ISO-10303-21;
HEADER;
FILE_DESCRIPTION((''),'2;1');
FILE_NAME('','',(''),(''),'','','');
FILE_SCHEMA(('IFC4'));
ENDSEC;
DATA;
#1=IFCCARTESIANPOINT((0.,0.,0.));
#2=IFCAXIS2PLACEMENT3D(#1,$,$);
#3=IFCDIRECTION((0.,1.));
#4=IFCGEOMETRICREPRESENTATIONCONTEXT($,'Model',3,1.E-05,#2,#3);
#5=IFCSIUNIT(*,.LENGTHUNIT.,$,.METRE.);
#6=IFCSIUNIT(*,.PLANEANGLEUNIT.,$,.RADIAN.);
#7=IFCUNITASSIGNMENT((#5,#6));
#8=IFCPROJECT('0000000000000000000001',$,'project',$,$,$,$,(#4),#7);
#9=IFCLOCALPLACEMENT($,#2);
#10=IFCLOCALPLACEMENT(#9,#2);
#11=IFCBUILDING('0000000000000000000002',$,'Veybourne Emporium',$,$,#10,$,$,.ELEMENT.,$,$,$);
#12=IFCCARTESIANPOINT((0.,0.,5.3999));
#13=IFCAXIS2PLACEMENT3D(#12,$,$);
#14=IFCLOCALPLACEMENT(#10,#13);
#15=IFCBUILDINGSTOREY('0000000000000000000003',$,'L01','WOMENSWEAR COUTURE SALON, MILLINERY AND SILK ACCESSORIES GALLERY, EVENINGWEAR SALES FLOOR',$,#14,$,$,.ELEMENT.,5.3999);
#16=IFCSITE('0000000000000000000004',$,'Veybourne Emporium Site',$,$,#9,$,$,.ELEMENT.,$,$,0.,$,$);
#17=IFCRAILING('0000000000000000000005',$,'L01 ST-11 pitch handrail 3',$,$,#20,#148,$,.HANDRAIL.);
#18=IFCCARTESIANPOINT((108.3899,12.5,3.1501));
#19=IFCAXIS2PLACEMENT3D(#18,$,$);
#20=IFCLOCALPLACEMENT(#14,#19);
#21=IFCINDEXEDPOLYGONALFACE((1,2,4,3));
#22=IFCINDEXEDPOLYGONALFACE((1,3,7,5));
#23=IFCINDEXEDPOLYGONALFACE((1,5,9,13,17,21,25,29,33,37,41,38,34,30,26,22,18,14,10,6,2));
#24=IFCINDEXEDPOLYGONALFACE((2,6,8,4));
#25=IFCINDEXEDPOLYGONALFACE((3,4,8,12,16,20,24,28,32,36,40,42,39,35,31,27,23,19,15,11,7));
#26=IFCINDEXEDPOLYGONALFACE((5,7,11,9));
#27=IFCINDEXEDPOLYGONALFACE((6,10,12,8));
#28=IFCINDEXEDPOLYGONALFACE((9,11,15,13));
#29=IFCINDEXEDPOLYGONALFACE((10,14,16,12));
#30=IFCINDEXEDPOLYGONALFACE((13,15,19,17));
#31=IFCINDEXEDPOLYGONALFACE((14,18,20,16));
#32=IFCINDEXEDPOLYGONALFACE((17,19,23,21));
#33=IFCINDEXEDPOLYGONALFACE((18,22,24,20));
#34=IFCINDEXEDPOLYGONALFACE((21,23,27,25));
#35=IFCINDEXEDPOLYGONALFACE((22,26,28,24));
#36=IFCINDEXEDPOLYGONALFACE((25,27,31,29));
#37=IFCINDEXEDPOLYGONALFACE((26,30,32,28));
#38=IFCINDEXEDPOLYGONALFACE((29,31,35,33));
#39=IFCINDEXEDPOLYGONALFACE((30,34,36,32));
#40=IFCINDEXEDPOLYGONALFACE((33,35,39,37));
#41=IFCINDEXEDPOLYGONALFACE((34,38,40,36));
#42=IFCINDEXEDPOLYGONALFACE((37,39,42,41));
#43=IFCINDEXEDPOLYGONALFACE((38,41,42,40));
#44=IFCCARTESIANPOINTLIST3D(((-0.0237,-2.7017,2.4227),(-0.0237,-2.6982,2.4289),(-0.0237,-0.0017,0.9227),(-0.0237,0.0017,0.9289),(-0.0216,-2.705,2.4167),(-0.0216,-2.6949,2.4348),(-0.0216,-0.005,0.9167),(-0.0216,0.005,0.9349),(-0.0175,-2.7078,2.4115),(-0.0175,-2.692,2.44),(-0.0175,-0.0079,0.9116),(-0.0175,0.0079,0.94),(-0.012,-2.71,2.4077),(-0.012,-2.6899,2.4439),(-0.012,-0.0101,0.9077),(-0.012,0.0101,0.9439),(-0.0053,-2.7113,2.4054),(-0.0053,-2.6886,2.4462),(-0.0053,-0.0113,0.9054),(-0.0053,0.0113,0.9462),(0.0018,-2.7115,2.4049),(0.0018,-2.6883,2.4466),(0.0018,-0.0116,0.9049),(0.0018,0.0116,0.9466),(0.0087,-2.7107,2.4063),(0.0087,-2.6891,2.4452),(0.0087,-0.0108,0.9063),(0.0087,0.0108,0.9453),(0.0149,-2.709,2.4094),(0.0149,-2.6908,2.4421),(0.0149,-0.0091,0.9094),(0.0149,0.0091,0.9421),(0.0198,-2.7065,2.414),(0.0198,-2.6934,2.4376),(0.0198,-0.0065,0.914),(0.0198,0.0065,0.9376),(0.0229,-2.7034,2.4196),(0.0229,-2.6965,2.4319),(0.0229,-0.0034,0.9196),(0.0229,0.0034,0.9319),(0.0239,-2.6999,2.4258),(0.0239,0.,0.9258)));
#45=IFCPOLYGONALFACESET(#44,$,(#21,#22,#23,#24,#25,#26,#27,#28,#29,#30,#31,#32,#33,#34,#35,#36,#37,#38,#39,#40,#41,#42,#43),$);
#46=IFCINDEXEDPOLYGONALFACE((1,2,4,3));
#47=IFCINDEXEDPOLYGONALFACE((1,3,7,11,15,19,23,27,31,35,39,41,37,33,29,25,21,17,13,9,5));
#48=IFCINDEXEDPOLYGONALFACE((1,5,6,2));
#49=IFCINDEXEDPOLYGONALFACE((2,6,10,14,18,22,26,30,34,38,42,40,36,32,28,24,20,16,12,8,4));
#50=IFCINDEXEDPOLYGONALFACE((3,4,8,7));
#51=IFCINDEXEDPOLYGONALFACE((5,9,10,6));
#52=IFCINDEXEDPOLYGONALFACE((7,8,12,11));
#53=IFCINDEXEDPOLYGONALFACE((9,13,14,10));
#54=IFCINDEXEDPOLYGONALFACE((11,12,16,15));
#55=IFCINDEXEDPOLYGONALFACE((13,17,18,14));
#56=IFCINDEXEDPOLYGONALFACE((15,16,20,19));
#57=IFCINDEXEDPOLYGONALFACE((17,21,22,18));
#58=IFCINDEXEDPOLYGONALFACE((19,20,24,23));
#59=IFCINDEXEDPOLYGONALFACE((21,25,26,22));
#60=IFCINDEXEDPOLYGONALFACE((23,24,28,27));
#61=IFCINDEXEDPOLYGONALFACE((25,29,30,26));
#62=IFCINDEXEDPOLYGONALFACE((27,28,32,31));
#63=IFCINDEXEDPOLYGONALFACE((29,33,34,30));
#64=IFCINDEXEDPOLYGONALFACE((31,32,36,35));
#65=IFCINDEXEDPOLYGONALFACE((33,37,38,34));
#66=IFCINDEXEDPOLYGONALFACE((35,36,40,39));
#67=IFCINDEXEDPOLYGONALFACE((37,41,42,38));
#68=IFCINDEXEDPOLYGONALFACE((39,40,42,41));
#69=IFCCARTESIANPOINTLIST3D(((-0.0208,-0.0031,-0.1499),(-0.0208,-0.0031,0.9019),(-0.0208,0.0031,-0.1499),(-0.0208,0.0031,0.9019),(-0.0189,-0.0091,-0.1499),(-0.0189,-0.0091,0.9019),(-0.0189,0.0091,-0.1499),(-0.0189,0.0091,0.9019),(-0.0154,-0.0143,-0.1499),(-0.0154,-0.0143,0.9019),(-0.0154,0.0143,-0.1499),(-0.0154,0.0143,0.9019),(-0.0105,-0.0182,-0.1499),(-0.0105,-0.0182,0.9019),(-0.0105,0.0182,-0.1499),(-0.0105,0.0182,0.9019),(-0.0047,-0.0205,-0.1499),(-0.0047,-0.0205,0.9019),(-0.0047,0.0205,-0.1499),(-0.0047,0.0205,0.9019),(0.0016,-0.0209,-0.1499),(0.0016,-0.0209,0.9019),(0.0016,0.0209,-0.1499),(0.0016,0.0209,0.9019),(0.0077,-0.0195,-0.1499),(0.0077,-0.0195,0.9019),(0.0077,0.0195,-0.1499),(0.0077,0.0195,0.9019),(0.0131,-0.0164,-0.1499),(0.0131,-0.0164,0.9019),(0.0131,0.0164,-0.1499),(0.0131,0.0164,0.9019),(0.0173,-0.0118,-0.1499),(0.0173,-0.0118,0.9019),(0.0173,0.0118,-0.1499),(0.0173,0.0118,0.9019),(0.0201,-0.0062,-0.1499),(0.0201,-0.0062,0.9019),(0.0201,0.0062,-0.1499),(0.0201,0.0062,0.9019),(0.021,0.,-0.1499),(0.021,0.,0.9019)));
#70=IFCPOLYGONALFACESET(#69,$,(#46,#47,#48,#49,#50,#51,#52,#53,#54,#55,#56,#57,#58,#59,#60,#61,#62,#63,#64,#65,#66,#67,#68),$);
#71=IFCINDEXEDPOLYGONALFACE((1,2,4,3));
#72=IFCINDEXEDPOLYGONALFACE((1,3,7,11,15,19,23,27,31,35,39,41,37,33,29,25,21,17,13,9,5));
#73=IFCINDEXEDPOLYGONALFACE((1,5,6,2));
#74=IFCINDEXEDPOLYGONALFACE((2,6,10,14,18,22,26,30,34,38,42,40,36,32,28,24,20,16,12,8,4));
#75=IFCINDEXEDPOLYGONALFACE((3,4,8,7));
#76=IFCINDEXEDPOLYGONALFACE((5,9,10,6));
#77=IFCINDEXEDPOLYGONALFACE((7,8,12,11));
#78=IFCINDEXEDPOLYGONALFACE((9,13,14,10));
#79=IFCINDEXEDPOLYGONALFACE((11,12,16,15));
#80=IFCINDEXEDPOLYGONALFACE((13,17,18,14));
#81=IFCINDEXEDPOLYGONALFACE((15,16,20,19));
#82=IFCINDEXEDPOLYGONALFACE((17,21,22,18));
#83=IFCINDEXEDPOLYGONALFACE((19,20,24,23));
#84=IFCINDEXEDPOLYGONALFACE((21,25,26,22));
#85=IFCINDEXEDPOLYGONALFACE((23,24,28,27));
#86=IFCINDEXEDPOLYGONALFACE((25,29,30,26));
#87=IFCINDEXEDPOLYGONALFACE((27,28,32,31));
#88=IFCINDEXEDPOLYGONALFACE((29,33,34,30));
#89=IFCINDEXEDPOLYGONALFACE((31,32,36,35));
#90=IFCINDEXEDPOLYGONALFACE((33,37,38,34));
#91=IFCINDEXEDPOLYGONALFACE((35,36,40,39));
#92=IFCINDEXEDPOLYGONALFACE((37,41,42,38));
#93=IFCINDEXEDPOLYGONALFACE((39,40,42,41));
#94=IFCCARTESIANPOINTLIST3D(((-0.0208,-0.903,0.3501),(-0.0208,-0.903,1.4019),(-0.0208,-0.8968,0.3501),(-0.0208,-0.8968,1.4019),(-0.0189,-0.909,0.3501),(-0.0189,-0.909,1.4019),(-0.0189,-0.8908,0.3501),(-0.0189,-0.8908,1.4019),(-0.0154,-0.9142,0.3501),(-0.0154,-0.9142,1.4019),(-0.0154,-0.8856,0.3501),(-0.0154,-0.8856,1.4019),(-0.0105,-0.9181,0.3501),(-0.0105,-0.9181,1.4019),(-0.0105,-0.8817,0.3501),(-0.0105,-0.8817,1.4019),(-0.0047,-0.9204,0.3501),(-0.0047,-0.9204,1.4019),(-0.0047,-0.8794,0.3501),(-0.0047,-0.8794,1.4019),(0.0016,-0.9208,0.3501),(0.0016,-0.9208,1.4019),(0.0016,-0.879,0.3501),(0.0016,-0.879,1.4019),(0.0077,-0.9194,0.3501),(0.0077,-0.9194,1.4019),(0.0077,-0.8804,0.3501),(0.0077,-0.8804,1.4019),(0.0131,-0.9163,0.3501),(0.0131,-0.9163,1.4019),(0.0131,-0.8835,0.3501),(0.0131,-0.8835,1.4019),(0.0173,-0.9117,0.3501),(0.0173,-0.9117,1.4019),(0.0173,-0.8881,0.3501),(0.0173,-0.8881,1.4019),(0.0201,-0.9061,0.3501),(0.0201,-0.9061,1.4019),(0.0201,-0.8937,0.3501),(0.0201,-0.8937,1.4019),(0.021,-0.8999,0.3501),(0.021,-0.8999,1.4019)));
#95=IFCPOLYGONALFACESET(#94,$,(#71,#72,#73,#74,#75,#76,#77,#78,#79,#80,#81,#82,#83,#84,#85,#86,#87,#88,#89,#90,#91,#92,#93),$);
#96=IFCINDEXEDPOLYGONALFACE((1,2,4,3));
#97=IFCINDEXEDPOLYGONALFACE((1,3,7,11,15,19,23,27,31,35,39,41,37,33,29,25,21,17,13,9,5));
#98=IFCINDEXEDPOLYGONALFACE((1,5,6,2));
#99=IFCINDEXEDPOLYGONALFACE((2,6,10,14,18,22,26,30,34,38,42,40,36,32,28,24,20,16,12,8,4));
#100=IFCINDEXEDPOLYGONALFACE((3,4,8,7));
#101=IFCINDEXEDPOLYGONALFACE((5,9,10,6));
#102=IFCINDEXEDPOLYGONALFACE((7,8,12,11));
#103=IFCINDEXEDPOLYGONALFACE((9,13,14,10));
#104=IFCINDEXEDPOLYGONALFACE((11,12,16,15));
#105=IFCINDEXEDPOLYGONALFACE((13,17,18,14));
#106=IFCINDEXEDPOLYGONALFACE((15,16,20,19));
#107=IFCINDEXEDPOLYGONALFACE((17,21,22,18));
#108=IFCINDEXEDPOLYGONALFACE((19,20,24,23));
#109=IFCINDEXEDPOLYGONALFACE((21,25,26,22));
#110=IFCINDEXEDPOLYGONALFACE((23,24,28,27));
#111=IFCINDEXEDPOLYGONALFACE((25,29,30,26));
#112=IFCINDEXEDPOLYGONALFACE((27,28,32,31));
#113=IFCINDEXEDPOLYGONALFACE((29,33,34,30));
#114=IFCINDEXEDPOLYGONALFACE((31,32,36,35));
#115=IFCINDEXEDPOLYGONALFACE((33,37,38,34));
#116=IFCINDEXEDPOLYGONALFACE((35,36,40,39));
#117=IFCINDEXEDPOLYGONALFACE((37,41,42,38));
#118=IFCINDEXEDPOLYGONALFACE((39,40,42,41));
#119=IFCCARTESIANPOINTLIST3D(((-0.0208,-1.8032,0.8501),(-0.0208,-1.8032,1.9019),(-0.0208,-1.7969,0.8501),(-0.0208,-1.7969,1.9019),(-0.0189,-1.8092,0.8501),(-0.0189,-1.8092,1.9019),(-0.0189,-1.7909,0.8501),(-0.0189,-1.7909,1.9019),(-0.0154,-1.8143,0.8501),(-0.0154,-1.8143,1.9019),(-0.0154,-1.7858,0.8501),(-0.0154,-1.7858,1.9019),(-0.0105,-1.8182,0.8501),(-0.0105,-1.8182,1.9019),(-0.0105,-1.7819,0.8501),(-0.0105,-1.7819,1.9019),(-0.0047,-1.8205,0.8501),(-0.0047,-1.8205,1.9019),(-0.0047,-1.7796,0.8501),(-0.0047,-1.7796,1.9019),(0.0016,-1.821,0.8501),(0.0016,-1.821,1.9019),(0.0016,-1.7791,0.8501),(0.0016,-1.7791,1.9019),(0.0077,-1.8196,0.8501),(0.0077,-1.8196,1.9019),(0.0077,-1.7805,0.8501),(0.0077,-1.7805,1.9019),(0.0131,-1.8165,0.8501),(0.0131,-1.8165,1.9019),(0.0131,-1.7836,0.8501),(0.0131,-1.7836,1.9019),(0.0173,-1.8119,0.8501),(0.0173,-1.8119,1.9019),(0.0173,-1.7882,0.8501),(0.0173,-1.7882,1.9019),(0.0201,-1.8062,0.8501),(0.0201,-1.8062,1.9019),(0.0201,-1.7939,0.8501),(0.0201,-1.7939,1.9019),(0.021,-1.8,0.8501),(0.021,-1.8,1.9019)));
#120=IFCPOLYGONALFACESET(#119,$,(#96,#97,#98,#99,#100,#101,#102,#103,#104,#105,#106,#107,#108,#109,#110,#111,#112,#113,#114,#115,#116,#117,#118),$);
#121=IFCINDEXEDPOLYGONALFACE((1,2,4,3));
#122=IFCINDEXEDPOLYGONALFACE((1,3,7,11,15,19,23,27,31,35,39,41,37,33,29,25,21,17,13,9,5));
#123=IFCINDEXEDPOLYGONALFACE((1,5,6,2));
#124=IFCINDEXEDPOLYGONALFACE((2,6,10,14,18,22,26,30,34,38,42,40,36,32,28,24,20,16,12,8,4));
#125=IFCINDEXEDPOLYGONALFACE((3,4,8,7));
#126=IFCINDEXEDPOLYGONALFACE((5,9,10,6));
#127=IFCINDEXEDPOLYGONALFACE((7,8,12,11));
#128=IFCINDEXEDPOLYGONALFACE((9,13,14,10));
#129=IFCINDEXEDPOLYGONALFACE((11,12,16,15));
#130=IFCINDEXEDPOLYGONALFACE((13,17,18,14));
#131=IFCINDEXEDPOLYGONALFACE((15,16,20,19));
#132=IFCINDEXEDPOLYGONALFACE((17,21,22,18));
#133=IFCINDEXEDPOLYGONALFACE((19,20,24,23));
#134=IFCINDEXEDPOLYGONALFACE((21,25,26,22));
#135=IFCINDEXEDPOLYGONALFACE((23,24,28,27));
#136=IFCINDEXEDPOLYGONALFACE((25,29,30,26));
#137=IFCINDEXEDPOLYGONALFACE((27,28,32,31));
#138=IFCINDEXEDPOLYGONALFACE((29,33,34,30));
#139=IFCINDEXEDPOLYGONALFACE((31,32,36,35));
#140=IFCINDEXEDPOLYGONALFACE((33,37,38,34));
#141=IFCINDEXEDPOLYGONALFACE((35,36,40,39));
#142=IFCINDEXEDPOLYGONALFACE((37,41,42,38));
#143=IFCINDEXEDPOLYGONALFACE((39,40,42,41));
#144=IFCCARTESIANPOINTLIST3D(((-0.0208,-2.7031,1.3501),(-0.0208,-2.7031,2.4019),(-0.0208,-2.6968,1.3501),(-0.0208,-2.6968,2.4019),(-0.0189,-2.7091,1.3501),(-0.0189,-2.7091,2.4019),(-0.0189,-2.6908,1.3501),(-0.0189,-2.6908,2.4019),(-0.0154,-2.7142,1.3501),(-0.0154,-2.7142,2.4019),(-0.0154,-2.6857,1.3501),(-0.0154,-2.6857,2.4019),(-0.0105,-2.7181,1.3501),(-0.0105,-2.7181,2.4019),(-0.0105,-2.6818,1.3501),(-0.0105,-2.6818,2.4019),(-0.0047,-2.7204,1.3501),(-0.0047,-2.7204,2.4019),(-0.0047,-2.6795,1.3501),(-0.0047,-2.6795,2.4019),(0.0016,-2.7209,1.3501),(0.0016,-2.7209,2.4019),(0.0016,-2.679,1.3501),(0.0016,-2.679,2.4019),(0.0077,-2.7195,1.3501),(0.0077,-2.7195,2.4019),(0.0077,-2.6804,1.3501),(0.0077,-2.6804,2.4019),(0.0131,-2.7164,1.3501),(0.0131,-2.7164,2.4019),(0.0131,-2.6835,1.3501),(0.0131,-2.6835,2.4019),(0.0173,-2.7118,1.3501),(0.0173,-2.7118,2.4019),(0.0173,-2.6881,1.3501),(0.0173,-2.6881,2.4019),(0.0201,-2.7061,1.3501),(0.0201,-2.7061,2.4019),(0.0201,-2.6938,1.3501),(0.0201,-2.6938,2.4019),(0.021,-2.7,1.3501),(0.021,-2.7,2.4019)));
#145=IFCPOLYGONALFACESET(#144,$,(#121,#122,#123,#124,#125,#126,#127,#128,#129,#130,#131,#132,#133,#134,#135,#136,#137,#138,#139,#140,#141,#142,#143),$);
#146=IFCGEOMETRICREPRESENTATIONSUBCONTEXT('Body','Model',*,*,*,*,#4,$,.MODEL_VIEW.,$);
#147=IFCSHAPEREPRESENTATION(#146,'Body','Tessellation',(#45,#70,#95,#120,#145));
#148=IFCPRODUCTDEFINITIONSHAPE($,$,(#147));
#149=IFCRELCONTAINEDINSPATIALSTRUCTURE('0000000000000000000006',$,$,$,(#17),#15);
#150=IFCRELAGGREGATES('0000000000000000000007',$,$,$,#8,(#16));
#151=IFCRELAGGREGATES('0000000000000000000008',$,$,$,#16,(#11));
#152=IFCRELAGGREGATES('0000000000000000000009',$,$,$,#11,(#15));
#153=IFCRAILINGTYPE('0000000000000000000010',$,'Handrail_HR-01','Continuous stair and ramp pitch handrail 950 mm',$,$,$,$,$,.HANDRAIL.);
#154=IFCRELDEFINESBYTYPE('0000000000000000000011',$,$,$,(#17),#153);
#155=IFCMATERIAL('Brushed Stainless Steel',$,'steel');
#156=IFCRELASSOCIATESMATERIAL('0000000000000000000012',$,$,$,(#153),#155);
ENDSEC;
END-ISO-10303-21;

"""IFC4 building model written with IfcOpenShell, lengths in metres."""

from ifc_helpers import new_model, si_unit, direction, frame, origin, origin_2d, place, context, subcontext, project, spatial, circle, extrude, material, type_object, element, save


model = new_model("IFC4")

# Units and contexts
model_context = context("Model", 3, precision=1e-05, world=origin(), true_north=direction((0.0, 1.0)))
body_context = subcontext(model_context, "Body", "Model", "MODEL_VIEW")
ifc_project = project(units=[si_unit("LENGTHUNIT", "METRE"), si_unit("PLANEANGLEUNIT", "RADIAN")], contexts=[model_context])

# Site, building, storey
site_placement = place(None, origin())
site = spatial("IfcSite", under=ifc_project, at=site_placement, Name="Veybourne Emporium Site", CompositionType="ELEMENT", RefElevation=0.0)
building_placement = place(site_placement, origin())
building = spatial("IfcBuilding", under=site, at=building_placement, Name="Veybourne Emporium", CompositionType="ELEMENT")
storey_placement = place(building_placement, frame((0.0, 0.0, 5.3999)))
storey = spatial("IfcBuildingStorey", under=building, at=storey_placement, Name="L01", Description="WOMENSWEAR COUTURE SALON, MILLINERY AND SILK ACCESSORIES GALLERY, EVENINGWEAR SALES FLOOR", CompositionType="ELEMENT", Elevation=5.3999)

# Railing
ifc_material_1 = material(Name="Brushed Stainless Steel", Category="steel")
railing_type_1 = type_object("IfcRailingType", Name="Handrail_HR-01", Description="Continuous stair and ramp pitch handrail 950 mm", PredefinedType="HANDRAIL", material=ifc_material_1)
railing_1_placement = place(storey_placement, frame((108.3899, 12.5, 3.1501)))
element("IfcRailing", 1, at=railing_1_placement, inside=storey, type_object=railing_type_1, Name="L01 ST-11 pitch handrail 3", PredefinedType="HANDRAIL", context=body_context, shape_type="SweptSolid", body=[
    extrude(circle(Radius=0.0239, at=origin_2d()), frame((0.0, 0.0, 0.9258), z_axis=(0.0, -0.874154, 0.48565), x_axis=(1.0, 0.0, 0.0)), (0.0, 0.0, 1.0), 3.0886),
    extrude(circle(Radius=0.021, at=origin_2d()), frame((0.0, 0.0, -0.1499)), (0.0, 0.0, 1.0), 1.0518),
    extrude(circle(Radius=0.021, at=origin_2d()), frame((0.0, -0.8999, 0.3501)), (0.0, 0.0, 1.0), 1.0518),
    extrude(circle(Radius=0.021, at=origin_2d()), frame((0.0, -1.8, 0.8501)), (0.0, 0.0, 1.0), 1.0518),
    extrude(circle(Radius=0.021, at=origin_2d()), frame((0.0, -2.7, 1.3501)), (0.0, 0.0, 1.0), 1.0518),
])

save(model, "model.ifc")
